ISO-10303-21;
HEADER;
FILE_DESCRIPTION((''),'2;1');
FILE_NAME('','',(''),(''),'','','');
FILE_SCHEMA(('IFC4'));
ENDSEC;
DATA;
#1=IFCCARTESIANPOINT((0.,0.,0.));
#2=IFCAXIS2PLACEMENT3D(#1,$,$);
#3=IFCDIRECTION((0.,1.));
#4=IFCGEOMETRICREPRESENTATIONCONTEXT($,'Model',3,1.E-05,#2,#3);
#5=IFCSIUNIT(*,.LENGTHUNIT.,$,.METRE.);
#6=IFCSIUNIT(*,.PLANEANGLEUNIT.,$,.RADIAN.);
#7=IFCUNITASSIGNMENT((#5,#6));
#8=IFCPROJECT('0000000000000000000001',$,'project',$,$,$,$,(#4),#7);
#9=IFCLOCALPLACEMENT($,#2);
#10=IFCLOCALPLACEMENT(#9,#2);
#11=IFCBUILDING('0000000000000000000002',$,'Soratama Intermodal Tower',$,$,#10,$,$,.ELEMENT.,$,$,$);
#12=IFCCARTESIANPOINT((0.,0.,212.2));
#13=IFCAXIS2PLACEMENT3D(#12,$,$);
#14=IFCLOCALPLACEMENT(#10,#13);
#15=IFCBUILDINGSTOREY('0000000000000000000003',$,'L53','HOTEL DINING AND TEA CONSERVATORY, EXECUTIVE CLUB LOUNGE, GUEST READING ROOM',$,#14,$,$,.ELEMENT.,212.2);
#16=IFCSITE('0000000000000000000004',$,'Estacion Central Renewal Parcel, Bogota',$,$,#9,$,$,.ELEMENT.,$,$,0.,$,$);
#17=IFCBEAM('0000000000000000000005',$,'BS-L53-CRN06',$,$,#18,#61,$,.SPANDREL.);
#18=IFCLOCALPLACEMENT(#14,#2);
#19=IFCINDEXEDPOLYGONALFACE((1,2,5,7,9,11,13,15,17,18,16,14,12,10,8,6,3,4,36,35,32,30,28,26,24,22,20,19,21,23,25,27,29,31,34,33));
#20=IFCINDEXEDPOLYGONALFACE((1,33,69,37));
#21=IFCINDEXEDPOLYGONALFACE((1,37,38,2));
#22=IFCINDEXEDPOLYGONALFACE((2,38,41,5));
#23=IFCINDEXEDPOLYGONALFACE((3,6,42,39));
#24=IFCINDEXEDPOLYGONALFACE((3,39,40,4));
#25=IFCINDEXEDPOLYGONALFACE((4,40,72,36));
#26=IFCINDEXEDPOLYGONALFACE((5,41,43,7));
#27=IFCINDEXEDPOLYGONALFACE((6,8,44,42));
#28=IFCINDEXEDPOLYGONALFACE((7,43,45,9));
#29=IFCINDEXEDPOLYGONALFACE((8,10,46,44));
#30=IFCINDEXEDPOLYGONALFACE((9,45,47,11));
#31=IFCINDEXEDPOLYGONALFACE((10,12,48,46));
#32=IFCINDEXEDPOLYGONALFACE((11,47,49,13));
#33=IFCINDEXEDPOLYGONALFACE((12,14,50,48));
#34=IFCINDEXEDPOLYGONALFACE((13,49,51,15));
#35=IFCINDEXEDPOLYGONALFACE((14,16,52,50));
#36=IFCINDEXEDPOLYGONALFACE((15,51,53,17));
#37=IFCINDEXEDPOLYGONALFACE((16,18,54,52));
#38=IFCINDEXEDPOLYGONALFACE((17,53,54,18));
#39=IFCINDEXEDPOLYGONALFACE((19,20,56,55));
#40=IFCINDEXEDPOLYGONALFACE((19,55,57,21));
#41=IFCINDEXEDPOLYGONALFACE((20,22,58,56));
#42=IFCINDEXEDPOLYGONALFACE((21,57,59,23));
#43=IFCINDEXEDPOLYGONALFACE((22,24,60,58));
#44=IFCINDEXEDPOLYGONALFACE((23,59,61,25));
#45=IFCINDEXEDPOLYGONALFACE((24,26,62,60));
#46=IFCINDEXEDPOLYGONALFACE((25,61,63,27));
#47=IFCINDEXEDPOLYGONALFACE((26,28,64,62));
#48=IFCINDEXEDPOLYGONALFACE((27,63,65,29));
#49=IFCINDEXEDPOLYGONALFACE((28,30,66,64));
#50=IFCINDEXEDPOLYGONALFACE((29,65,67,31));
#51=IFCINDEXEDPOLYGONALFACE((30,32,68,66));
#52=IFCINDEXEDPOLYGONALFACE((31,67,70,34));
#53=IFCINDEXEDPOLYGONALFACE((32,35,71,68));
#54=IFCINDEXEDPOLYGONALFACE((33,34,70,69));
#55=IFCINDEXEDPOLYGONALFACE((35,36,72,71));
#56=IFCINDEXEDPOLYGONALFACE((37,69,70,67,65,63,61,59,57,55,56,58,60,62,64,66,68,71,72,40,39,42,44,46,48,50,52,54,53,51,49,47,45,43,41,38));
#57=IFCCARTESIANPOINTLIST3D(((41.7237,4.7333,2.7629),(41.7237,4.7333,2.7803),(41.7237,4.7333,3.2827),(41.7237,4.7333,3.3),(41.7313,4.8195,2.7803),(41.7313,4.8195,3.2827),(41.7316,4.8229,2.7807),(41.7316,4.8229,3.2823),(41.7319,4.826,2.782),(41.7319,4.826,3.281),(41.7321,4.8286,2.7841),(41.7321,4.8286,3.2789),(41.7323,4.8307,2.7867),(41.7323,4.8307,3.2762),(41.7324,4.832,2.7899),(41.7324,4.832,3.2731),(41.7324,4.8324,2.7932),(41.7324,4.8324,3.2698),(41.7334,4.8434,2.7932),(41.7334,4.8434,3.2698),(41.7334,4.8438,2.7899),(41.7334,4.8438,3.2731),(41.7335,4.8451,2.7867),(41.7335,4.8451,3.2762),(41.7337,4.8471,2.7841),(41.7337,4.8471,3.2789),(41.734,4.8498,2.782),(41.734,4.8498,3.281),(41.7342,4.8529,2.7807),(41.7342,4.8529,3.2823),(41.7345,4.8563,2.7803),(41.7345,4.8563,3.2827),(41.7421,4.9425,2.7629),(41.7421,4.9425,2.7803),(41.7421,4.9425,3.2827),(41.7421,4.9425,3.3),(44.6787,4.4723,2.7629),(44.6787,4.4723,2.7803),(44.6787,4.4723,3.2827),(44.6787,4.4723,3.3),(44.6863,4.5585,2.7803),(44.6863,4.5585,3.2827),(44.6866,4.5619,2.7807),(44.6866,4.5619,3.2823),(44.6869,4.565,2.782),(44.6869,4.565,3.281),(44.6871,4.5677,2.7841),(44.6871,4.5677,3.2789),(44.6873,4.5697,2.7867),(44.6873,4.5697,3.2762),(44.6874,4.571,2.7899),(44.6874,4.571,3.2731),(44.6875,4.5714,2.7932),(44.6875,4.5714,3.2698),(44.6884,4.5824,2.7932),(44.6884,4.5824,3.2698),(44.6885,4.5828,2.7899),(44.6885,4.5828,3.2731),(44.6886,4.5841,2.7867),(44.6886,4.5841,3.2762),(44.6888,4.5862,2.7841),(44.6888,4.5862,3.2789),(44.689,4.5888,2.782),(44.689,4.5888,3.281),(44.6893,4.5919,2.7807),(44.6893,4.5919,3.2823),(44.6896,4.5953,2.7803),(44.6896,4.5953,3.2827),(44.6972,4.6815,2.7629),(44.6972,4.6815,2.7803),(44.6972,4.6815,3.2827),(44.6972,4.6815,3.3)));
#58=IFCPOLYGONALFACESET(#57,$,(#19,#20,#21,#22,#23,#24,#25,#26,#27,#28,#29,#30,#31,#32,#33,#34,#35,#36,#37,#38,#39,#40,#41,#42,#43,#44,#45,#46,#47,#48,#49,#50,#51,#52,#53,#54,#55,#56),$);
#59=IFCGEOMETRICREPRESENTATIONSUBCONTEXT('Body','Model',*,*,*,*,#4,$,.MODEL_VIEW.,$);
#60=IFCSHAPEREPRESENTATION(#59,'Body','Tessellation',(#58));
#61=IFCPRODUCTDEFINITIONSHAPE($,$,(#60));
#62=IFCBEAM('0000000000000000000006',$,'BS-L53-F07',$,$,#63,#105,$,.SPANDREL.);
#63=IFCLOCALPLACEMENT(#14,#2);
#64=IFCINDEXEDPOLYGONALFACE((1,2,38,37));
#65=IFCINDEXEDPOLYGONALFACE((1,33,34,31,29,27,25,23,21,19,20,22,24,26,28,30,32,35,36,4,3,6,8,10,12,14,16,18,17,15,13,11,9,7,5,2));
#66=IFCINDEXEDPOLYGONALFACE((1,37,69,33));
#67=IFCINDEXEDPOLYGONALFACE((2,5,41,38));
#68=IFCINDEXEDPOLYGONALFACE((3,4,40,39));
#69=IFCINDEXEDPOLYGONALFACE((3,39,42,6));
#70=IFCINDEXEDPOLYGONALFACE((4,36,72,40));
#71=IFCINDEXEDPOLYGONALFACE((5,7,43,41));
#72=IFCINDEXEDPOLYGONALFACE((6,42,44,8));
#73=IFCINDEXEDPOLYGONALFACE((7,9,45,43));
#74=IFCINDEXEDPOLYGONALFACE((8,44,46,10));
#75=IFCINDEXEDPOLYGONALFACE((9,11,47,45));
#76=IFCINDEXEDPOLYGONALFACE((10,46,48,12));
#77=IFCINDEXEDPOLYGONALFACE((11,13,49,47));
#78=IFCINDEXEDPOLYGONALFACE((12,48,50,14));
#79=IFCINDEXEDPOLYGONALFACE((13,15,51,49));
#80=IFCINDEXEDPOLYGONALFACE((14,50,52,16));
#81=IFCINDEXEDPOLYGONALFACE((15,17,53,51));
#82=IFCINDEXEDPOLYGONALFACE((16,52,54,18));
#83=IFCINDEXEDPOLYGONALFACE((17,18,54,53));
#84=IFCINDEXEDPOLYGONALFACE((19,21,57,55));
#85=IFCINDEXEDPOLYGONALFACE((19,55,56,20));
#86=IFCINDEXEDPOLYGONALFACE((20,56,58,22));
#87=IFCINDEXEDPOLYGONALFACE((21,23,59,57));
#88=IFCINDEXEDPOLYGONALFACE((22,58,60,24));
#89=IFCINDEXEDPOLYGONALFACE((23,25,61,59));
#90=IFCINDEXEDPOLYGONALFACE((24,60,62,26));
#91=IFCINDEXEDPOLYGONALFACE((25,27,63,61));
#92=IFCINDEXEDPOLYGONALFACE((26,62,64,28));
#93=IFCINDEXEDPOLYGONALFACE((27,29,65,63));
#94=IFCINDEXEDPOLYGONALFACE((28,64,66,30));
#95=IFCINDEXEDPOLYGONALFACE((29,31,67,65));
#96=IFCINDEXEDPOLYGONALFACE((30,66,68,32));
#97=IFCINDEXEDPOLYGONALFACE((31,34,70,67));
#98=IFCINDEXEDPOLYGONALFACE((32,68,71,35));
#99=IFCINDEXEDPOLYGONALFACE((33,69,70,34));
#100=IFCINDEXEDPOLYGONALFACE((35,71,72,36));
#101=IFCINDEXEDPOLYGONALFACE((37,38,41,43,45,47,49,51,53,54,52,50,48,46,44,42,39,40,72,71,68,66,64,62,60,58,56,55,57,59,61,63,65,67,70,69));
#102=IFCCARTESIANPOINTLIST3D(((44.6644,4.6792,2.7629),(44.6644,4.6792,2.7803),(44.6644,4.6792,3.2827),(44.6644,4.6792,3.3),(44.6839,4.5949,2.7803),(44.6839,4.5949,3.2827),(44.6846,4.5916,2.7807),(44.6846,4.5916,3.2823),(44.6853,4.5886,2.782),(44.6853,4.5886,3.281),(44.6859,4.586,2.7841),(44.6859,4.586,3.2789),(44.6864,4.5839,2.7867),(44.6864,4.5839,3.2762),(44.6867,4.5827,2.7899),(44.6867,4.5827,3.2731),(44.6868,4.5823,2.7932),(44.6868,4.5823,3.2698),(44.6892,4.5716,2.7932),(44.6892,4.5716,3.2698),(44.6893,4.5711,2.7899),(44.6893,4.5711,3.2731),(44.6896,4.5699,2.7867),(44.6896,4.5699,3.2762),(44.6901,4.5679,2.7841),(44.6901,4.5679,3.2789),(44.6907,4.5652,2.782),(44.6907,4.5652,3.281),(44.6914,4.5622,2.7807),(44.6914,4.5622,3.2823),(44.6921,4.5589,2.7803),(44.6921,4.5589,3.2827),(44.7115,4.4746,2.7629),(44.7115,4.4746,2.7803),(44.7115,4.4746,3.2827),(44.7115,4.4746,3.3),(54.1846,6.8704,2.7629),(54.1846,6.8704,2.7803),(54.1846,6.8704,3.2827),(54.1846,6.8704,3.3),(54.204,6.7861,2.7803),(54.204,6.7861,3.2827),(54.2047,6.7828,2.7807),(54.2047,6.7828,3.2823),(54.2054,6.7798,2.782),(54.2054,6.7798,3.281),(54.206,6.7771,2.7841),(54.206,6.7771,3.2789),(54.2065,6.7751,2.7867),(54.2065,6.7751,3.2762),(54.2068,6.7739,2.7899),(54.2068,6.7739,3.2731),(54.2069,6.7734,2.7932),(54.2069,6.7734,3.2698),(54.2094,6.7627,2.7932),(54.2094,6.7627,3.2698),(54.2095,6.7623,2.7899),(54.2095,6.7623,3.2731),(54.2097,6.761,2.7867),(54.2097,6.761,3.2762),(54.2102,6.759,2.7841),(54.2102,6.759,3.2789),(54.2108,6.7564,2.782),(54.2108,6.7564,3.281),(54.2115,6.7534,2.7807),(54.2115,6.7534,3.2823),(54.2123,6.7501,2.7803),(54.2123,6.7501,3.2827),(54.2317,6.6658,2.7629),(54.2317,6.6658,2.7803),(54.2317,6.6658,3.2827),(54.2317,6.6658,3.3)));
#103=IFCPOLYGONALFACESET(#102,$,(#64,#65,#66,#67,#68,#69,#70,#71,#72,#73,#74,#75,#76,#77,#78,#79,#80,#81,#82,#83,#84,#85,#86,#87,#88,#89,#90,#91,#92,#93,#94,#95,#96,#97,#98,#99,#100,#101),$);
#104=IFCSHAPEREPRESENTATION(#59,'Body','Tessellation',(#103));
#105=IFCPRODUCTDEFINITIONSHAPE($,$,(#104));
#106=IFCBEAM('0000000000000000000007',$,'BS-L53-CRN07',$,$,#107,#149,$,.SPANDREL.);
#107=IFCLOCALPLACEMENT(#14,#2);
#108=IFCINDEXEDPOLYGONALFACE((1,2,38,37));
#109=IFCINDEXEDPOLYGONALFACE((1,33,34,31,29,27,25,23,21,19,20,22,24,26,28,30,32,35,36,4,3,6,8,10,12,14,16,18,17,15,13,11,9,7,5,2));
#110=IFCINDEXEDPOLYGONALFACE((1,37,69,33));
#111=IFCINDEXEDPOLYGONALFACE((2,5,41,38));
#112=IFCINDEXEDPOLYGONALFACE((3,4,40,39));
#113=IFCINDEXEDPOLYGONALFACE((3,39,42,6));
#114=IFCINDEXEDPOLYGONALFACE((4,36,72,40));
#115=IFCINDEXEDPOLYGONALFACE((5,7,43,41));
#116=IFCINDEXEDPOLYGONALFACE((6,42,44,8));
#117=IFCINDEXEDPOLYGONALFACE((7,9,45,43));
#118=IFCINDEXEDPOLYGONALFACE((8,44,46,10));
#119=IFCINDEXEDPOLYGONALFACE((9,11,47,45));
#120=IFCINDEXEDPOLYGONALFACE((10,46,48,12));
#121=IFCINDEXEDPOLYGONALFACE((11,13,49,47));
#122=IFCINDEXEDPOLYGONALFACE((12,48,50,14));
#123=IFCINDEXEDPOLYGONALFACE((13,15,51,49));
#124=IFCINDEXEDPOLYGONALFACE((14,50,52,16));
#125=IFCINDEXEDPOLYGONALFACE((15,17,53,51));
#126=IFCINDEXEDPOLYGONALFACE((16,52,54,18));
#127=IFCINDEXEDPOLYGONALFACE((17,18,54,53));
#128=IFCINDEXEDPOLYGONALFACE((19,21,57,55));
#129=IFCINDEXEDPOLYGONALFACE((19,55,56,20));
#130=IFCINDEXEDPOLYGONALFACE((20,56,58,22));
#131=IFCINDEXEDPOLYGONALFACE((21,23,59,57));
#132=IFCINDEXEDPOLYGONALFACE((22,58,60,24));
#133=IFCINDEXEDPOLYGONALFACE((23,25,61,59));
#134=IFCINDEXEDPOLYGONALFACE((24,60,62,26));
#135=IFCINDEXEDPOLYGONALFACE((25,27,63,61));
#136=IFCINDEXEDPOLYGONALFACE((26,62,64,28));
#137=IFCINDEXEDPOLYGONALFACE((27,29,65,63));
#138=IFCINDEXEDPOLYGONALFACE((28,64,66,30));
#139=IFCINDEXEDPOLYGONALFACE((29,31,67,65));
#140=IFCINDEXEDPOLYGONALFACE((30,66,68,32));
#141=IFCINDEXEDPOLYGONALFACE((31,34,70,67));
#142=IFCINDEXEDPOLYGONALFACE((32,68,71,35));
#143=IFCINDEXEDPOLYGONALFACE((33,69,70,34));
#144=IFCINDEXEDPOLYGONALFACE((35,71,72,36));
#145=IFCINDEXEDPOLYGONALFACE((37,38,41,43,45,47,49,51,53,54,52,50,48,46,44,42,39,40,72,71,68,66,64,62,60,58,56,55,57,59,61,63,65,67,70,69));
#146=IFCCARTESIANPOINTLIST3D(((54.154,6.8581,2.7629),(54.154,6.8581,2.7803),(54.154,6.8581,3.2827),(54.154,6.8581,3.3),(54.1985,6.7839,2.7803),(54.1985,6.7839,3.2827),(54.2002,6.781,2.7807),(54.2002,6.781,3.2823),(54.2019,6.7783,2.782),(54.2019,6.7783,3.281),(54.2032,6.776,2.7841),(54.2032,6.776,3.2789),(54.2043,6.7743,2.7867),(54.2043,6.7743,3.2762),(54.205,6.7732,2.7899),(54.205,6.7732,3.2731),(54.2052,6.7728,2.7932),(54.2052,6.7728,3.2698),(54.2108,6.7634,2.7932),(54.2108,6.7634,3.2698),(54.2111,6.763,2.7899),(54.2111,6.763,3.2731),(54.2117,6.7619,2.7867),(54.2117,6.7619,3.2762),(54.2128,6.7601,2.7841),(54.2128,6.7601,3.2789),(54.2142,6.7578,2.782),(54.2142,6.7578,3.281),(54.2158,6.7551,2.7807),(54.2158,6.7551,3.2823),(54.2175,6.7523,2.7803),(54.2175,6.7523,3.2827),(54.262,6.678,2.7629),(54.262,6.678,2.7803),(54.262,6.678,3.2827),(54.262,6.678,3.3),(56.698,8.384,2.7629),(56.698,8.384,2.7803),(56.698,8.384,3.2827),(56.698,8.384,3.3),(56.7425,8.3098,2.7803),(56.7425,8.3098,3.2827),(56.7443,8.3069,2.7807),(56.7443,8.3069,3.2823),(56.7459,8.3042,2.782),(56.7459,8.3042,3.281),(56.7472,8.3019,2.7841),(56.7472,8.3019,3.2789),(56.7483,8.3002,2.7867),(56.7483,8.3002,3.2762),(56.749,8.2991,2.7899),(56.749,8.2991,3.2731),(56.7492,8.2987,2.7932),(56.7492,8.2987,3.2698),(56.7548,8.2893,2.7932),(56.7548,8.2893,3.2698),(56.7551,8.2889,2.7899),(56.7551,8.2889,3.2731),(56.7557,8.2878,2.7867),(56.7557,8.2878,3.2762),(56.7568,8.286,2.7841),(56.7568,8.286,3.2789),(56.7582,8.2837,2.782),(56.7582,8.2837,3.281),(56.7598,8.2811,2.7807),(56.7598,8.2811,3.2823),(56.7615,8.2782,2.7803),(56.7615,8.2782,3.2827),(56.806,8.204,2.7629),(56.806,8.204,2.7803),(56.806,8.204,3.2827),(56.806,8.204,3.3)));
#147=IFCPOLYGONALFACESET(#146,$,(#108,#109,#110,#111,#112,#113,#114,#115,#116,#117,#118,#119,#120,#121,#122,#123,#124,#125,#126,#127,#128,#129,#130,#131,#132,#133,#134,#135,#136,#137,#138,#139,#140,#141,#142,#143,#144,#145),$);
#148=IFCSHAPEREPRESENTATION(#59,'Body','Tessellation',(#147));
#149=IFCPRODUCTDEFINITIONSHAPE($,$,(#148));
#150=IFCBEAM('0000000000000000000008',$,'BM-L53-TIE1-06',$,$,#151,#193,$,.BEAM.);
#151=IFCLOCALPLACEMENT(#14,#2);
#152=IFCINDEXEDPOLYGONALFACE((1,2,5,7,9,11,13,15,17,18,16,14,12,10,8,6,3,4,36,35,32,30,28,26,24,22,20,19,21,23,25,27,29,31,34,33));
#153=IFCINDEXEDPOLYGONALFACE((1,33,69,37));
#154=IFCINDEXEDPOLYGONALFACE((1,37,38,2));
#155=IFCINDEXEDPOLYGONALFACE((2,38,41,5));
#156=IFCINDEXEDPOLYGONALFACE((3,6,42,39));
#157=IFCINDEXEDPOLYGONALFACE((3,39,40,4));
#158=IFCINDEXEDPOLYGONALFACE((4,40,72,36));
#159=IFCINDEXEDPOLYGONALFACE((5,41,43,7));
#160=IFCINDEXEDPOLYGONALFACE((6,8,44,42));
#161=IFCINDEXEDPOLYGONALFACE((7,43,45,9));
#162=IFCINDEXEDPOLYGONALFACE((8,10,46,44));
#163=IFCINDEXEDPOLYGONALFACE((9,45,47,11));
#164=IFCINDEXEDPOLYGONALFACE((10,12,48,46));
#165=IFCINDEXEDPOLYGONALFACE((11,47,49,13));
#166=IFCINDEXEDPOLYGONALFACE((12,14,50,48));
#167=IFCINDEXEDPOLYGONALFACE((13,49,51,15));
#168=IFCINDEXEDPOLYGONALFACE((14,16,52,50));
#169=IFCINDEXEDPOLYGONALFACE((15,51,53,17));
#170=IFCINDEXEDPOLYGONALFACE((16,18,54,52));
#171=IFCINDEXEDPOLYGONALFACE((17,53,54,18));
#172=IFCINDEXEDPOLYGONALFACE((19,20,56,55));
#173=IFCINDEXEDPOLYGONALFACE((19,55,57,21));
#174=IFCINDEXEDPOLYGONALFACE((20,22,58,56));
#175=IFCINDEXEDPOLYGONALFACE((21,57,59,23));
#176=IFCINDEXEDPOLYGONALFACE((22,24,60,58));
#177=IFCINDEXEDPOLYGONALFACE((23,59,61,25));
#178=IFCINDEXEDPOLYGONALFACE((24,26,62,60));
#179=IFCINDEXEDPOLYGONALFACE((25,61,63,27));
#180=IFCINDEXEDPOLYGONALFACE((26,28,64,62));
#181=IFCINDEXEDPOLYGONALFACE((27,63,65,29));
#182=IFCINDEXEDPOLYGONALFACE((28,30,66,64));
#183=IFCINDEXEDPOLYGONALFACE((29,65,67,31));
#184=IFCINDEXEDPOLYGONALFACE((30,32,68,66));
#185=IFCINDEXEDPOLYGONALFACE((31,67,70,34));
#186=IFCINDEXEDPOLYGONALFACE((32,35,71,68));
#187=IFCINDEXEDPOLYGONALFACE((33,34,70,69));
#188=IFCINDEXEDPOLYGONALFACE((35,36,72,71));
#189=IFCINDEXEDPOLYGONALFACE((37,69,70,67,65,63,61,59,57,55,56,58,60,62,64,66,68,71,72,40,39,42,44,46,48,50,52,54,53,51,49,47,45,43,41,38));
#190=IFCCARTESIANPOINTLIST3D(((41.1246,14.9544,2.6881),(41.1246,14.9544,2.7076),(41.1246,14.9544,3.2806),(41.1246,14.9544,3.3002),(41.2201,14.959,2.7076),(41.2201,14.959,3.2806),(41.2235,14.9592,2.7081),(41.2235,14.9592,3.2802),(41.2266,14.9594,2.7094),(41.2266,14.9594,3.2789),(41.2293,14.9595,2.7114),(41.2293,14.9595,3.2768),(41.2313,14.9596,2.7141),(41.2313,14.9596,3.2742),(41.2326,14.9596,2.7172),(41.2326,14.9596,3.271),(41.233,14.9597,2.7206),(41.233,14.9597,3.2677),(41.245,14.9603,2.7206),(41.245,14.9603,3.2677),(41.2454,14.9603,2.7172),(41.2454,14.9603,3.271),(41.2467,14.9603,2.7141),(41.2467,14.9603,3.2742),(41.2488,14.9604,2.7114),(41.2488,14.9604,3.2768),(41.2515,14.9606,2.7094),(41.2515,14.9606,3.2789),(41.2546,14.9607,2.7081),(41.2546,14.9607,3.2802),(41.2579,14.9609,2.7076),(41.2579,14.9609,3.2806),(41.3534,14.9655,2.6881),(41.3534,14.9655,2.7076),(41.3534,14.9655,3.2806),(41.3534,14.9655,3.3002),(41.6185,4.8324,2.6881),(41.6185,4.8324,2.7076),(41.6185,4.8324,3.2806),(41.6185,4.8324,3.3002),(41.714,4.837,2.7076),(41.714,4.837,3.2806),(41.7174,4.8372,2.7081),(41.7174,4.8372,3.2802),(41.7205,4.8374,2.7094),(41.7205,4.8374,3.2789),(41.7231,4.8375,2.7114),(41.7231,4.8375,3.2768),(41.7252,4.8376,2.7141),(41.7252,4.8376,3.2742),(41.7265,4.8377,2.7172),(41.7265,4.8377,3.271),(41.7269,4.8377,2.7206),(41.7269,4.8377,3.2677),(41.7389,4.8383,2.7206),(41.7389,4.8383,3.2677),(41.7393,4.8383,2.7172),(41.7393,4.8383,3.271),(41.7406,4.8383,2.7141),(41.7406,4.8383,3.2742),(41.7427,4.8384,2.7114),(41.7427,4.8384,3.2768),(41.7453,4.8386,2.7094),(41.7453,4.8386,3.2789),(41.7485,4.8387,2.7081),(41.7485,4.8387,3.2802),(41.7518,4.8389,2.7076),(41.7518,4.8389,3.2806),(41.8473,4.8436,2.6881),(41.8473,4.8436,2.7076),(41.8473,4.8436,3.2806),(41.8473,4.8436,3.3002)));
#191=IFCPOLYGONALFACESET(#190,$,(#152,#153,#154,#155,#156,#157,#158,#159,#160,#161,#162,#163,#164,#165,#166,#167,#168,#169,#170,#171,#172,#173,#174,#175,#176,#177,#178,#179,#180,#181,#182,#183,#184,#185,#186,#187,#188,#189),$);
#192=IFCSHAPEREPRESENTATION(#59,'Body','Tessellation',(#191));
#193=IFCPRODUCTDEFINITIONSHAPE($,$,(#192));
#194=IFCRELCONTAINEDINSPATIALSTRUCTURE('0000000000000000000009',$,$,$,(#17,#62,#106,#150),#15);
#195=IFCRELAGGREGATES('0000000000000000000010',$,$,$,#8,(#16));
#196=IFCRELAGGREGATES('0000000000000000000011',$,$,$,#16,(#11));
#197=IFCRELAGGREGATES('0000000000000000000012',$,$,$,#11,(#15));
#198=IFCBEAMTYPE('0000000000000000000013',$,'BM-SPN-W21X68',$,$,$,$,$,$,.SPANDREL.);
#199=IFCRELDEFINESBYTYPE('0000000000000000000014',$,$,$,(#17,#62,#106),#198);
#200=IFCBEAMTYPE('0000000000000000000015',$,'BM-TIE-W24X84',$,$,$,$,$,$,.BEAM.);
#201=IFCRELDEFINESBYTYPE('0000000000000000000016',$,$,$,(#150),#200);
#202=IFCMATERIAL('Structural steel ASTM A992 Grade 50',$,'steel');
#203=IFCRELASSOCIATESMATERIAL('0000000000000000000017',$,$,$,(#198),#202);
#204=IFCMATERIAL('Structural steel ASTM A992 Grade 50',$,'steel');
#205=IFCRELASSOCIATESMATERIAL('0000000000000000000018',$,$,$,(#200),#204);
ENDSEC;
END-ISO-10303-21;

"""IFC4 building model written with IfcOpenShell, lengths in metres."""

from ifc_helpers import new_model, si_unit, direction, frame, origin, origin_2d, place, context, subcontext, project, spatial, i_section, extrude, material, material_profile, profile_set, type_object, element, save


model = new_model("IFC4")

# Units and contexts
model_context = context("Model", 3, precision=1e-05, world=origin(), true_north=direction((0.0, 1.0)))
body_context = subcontext(model_context, "Body", "Model", "MODEL_VIEW")
ifc_project = project(units=[si_unit("LENGTHUNIT", "METRE"), si_unit("PLANEANGLEUNIT", "RADIAN")], contexts=[model_context])

# Site, building, storey
site_placement = place(None, origin())
site = spatial("IfcSite", under=ifc_project, at=site_placement, Name="Estacion Central Renewal Parcel, Bogota", CompositionType="ELEMENT", RefElevation=0.0)
building_placement = place(site_placement, origin())
building = spatial("IfcBuilding", under=site, at=building_placement, Name="Soratama Intermodal Tower", CompositionType="ELEMENT")
storey_placement = place(building_placement, frame((0.0, 0.0, 212.2)))
storey = spatial("IfcBuildingStorey", under=building, at=storey_placement, Name="L53", Description="HOTEL DINING AND TEA CONSERVATORY, EXECUTIVE CLUB LOUNGE, GUEST READING ROOM", CompositionType="ELEMENT", Elevation=212.2)

# Beams
ifc_material_1 = material(Name="Structural steel ASTM A992 Grade 50", Category="steel")
ifc_material_profile_1 = material_profile(ifc_material_1, i_section(OverallWidth=0.21, OverallDepth=0.5371, WebThickness=0.011, FlangeThickness=0.0173, FilletRadius=0.0129, at=origin_2d()), Name="W21X68")
ifc_profile_set_1 = profile_set([ifc_material_profile_1], Name="Structural steel ASTM A992 Grade 50")
beam_type_1 = type_object("IfcBeamType", Name="BM-SPN-W21X68", PredefinedType="SPANDREL", material=ifc_profile_set_1)
beam_1_placement = place(storey_placement, frame((41.7329, 4.8379, 3.0315), z_axis=(0.996123, -0.087975, 0.0), x_axis=(0.087975, 0.996123, 0.0)))
element("IfcBeam", 1, at=beam_1_placement, inside=storey, type_object=beam_type_1, Name="BS-L53-CRN06", PredefinedType="SPANDREL", context=body_context, shape_type="SweptSolid", body=[
    extrude(i_section(OverallWidth=0.21, OverallDepth=0.5371, WebThickness=0.011, FlangeThickness=0.0173, FilletRadius=0.0129, at=origin_2d()), origin(), (0.0, 0.0, 1.0), 2.9666),
])
beam_2_placement = place(storey_placement, frame((44.688, 4.5769, 3.0315), z_axis=(0.97452, 0.224299, 0.0), x_axis=(-0.224299, 0.97452, 0.0)))
element("IfcBeam", 2, at=beam_2_placement, inside=storey, type_object=beam_type_1, Name="BS-L53-F07", PredefinedType="SPANDREL", context=body_context, shape_type="SweptSolid", body=[
    extrude(i_section(OverallWidth=0.21, OverallDepth=0.5371, WebThickness=0.011, FlangeThickness=0.0173, FilletRadius=0.0129, at=origin_2d()), origin(), (0.0, 0.0, 1.0), 9.769),
])
beam_3_placement = place(storey_placement, frame((54.208, 6.7681, 3.0315), z_axis=(0.857566, 0.514375, 0.0), x_axis=(-0.514375, 0.857566, 0.0)))
element("IfcBeam", 3, at=beam_3_placement, inside=storey, type_object=beam_type_1, Name="BS-L53-CRN07", PredefinedType="SPANDREL", context=body_context, shape_type="SweptSolid", body=[
    extrude(i_section(OverallWidth=0.21, OverallDepth=0.5371, WebThickness=0.011, FlangeThickness=0.0173, FilletRadius=0.0129, at=origin_2d()), origin(), (0.0, 0.0, 1.0), 2.9666),
])
ifc_material_2 = material(Name="Structural steel ASTM A992 Grade 50", Category="steel")
ifc_material_profile_2 = material_profile(ifc_material_2, i_section(OverallWidth=0.229, OverallDepth=0.6121, WebThickness=0.012, FlangeThickness=0.0195, FilletRadius=0.0129, at=origin_2d()), Name="W24X84")
ifc_profile_set_2 = profile_set([ifc_material_profile_2], Name="Structural steel ASTM A992 Grade 50")
beam_type_2 = type_object("IfcBeamType", Name="BM-TIE-W24X84", PredefinedType="BEAM", material=ifc_profile_set_2)
beam_4_placement = place(storey_placement, frame((41.239, 14.96, 2.9941), z_axis=(0.048736, -0.998812, 0.0), x_axis=(0.998812, 0.048736, 0.0)))
element("IfcBeam", 4, at=beam_4_placement, inside=storey, type_object=beam_type_2, Name="BM-L53-TIE1-06", PredefinedType="BEAM", context=body_context, shape_type="SweptSolid", body=[
    extrude(i_section(OverallWidth=0.229, OverallDepth=0.6121, WebThickness=0.012, FlangeThickness=0.0195, FilletRadius=0.0129, at=origin_2d()), origin(), (0.0, 0.0, 1.0), 10.134),
])

save(model, "model.ifc")
